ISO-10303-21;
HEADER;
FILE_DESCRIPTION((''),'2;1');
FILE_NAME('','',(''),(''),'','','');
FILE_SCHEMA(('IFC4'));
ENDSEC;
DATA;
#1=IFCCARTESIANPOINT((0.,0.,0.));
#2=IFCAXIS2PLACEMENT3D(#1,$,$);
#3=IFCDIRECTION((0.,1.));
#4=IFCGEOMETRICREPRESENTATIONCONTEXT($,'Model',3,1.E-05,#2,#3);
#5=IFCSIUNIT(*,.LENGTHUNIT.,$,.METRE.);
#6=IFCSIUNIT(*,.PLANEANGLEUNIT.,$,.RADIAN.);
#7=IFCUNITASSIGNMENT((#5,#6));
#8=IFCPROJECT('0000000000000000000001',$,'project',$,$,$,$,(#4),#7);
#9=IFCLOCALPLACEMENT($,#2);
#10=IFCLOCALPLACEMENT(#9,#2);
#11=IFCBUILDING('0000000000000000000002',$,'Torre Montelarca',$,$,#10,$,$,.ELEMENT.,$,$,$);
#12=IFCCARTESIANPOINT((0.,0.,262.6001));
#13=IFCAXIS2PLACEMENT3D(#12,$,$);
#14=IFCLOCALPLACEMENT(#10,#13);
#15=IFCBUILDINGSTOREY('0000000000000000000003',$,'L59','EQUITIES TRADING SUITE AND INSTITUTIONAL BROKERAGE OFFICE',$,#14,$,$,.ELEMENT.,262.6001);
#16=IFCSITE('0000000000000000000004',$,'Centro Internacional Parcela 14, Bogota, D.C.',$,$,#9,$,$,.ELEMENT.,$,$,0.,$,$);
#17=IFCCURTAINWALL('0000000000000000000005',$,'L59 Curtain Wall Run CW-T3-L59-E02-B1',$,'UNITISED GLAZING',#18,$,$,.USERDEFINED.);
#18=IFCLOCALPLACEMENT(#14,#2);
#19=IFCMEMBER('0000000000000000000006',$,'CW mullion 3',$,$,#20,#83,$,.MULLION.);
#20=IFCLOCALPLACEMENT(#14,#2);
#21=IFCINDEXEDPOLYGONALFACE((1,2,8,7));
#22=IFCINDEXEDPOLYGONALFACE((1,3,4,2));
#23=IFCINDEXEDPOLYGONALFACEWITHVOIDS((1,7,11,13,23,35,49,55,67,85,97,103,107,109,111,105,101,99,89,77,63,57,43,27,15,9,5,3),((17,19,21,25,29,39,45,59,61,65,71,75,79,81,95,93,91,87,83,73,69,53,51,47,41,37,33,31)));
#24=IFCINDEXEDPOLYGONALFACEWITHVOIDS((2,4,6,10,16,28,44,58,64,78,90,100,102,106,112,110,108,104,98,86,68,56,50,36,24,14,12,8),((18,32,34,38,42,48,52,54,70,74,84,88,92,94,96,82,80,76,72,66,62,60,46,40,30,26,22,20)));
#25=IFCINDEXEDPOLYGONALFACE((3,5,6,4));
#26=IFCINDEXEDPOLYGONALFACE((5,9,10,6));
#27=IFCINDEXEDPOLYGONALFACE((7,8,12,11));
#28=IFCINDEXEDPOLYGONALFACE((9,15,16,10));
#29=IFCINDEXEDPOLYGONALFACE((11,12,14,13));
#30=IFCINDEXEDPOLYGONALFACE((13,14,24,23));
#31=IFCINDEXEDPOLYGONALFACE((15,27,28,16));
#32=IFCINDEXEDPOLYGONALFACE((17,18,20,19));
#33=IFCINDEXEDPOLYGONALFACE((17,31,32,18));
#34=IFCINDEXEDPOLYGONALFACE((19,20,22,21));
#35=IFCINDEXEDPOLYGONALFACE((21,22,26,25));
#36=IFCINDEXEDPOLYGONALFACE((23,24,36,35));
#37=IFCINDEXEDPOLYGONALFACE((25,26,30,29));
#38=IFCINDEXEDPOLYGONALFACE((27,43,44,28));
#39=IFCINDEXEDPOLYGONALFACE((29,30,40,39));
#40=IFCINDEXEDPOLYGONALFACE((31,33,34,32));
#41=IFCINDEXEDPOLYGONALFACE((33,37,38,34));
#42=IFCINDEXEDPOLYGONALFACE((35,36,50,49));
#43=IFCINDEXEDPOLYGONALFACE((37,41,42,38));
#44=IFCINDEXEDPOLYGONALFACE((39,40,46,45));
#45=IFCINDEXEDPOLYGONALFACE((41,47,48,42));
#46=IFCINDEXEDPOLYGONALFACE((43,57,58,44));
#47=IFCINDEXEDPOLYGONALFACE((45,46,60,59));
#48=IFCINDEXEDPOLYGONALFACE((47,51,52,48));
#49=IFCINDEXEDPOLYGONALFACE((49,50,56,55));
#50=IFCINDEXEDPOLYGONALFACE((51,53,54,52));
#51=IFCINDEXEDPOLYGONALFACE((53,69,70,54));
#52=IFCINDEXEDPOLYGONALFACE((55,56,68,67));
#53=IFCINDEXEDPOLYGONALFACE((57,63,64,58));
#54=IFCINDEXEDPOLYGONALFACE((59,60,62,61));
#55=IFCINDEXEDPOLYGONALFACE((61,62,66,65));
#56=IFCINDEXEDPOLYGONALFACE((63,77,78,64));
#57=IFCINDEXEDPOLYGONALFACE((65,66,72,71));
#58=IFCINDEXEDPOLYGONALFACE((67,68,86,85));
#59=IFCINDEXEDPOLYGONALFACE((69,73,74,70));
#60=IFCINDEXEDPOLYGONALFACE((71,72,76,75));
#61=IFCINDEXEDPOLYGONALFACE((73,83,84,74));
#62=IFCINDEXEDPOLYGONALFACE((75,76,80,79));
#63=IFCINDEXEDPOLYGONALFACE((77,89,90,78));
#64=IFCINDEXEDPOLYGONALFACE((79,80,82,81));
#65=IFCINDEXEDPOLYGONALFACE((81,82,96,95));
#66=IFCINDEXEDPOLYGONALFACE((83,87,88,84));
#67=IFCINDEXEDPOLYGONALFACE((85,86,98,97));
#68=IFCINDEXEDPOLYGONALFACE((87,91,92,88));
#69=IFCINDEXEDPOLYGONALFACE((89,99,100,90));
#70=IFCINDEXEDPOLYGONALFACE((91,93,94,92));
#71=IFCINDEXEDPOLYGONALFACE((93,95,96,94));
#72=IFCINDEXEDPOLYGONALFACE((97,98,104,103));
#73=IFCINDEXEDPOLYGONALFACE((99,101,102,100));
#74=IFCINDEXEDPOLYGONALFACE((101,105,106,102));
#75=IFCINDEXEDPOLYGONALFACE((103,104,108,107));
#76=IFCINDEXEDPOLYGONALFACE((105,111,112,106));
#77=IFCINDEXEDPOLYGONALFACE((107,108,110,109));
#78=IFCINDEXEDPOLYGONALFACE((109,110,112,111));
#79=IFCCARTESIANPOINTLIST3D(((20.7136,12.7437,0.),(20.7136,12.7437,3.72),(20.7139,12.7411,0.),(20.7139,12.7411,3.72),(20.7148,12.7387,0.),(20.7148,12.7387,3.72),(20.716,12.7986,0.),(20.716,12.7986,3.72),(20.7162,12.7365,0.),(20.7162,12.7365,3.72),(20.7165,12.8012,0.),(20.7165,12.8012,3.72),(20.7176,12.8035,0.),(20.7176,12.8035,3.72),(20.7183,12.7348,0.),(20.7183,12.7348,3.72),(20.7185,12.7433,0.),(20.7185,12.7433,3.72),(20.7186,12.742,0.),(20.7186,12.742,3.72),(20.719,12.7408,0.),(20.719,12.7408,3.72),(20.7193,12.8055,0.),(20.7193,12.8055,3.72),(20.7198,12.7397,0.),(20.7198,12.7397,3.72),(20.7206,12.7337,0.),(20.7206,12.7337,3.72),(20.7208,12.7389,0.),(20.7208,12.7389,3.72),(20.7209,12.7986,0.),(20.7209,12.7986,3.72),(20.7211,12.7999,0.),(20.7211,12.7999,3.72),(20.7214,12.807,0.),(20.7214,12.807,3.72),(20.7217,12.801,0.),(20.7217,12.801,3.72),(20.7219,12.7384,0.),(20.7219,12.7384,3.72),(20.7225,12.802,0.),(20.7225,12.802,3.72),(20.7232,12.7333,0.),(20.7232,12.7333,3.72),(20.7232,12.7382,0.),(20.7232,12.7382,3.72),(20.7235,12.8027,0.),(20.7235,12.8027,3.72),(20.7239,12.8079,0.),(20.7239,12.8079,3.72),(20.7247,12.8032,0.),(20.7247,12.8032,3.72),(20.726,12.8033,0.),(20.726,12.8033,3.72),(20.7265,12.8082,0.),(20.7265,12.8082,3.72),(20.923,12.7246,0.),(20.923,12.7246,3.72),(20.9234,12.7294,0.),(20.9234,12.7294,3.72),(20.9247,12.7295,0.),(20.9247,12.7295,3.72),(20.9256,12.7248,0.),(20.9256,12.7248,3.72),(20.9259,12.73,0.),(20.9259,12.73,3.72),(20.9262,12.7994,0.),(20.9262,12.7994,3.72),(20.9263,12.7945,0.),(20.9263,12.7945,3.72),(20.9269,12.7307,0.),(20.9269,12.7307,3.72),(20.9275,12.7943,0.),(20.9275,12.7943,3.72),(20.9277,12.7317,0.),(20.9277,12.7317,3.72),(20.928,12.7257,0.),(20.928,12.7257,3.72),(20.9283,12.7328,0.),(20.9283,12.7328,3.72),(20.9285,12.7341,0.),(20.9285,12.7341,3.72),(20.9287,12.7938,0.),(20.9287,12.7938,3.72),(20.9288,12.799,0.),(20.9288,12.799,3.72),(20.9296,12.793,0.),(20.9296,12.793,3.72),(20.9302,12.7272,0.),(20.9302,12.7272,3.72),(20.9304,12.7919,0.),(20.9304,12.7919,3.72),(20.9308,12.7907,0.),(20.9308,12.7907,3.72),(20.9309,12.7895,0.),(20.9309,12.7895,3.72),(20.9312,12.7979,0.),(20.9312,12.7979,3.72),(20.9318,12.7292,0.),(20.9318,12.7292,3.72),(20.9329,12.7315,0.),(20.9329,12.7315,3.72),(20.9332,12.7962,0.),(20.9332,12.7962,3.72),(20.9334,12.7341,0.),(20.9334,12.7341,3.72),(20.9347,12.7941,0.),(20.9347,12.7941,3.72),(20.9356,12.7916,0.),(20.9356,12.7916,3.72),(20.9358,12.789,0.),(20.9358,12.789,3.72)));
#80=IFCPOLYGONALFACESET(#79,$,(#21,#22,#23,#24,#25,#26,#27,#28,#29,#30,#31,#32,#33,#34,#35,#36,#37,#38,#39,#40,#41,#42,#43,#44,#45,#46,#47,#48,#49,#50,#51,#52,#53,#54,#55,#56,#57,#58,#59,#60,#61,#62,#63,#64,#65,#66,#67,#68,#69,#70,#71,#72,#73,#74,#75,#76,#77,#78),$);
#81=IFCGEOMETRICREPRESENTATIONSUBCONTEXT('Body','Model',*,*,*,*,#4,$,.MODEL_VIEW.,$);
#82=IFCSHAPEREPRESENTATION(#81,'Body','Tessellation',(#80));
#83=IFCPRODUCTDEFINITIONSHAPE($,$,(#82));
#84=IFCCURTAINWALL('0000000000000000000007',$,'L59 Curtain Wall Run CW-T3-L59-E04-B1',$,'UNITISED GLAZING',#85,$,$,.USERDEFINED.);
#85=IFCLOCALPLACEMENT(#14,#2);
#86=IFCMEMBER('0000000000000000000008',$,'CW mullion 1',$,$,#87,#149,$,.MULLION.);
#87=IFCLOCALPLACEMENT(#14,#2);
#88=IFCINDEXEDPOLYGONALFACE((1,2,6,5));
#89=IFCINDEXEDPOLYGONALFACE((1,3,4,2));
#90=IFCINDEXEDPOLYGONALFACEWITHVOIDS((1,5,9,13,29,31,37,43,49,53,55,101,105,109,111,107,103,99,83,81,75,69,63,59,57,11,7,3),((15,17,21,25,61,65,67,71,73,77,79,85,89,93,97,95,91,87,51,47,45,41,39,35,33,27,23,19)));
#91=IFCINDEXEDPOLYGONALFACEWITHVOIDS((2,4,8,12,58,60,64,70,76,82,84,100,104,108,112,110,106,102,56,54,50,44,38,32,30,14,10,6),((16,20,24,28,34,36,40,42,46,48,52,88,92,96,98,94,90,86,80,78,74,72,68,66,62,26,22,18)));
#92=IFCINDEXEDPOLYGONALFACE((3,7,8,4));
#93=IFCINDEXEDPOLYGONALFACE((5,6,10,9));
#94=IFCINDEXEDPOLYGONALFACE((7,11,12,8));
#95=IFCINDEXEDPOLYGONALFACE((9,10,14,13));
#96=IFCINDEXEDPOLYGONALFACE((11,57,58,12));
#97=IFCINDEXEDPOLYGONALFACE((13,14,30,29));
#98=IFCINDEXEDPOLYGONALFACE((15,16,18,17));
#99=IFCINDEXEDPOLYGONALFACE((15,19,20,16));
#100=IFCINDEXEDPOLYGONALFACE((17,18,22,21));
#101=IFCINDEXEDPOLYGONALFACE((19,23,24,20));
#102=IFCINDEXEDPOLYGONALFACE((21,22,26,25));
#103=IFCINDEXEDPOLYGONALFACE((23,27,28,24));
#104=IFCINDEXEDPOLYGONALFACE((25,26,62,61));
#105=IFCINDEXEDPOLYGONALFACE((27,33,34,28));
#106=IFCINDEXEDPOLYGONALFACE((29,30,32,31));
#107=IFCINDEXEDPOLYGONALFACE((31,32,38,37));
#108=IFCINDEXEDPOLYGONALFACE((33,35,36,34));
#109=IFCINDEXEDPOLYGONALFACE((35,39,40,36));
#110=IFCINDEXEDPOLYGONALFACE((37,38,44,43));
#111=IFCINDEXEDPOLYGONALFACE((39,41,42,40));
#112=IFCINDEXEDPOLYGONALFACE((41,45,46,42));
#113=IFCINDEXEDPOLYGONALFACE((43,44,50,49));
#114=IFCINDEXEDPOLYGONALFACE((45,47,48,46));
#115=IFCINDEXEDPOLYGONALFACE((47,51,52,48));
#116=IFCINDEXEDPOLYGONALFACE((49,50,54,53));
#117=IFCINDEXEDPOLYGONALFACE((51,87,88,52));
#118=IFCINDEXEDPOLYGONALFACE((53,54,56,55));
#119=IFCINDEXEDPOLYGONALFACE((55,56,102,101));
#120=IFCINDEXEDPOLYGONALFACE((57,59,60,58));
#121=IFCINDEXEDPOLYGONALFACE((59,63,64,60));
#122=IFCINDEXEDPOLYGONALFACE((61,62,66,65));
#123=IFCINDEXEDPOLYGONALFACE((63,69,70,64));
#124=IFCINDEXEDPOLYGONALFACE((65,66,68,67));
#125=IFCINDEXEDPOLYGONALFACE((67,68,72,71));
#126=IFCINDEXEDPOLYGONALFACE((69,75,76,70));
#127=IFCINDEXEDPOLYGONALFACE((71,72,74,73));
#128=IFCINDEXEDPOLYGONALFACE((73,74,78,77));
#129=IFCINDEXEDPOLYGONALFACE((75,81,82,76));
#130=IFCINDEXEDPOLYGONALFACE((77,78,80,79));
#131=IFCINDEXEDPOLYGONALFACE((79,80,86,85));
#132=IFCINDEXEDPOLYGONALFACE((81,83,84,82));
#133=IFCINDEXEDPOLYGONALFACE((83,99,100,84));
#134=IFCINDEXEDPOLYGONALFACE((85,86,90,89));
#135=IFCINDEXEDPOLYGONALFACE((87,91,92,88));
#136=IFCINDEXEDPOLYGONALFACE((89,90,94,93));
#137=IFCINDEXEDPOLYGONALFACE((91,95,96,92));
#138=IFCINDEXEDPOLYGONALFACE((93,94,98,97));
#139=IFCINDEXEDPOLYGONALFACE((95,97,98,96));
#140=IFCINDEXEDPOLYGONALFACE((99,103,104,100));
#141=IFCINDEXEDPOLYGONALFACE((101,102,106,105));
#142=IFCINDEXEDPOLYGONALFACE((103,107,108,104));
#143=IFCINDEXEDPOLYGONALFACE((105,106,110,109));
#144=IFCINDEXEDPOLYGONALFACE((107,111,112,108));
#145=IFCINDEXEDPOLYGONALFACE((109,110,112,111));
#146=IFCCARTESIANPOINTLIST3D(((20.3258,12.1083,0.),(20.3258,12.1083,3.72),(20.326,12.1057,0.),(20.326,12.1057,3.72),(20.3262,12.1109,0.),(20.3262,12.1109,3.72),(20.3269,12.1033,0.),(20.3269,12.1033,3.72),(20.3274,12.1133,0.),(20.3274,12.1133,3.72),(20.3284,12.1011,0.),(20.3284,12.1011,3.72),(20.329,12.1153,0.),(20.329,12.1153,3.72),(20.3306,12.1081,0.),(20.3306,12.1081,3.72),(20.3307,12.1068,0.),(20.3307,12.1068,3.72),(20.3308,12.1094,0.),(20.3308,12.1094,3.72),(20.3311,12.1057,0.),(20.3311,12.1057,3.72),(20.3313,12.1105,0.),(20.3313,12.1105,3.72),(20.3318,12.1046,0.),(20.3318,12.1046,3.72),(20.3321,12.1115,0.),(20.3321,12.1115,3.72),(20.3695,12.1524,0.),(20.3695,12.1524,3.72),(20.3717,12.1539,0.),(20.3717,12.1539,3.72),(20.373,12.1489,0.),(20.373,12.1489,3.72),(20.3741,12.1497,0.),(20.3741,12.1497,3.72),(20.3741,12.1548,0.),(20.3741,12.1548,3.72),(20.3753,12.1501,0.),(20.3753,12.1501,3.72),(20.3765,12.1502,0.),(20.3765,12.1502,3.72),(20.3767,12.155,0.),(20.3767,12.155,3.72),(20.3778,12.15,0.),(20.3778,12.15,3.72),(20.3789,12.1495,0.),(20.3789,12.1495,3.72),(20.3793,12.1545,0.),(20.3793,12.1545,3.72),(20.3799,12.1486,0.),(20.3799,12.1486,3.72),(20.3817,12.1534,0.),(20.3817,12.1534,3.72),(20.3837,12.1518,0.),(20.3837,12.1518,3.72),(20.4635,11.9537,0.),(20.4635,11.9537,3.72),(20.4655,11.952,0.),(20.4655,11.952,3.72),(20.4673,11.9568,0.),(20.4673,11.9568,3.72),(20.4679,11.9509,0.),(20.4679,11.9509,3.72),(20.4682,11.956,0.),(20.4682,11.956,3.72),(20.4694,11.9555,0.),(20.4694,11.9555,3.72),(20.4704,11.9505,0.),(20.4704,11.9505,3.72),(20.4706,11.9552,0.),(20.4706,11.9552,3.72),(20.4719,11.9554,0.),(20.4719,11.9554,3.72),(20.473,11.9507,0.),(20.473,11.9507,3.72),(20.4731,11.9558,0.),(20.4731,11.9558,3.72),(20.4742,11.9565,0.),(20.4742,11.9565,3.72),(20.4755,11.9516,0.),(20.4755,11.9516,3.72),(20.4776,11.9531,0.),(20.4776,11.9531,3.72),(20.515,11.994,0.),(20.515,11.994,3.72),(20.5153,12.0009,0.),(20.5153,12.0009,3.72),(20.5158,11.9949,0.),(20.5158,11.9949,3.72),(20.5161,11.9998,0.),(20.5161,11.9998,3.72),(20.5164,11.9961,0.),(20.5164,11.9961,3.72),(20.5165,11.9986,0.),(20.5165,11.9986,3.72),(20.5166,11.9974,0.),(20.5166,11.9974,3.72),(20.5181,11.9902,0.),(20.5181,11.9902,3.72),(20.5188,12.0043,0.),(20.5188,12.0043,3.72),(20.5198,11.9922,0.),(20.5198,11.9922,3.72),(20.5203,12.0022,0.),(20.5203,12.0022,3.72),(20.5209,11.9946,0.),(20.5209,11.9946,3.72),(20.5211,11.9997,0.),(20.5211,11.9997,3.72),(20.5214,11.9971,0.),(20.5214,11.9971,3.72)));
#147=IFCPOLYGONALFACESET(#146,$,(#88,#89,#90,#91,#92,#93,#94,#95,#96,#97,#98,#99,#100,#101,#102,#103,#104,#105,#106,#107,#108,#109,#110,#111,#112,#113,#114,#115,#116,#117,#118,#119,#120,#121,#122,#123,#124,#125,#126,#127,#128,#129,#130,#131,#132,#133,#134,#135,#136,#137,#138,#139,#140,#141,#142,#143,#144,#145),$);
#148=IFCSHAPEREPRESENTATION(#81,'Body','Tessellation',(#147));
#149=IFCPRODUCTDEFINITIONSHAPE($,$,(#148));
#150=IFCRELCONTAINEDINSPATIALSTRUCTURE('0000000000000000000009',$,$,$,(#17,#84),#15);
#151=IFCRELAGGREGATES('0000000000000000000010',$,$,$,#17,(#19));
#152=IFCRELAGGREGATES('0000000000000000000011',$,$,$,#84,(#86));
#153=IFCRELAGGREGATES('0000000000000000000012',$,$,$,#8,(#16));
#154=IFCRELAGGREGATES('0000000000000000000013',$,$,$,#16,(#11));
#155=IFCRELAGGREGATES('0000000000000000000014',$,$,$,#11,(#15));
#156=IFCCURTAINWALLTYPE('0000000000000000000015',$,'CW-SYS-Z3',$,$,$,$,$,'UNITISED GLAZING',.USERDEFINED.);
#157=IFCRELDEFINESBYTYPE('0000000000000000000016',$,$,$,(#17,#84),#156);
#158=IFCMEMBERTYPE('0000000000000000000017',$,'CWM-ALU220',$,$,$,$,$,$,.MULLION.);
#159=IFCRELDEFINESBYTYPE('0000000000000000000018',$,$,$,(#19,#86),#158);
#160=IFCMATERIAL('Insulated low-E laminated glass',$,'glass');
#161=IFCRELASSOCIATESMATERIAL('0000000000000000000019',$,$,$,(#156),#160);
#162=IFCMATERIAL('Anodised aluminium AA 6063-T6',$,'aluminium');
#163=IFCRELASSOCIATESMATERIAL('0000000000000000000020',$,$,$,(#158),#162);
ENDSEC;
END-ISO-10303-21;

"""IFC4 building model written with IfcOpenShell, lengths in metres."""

from ifc_helpers import new_model, si_unit, direction, frame, origin, origin_2d, place, context, subcontext, project, spatial, hollow_rectangle, extrude, source, transform, mapped, material, material_profile, profile_set, type_object, element, aggregate, save


model = new_model("IFC4")

# Units and contexts
model_context = context("Model", 3, precision=1e-05, world=origin(), true_north=direction((0.0, 1.0)))
body_context = subcontext(model_context, "Body", "Model", "MODEL_VIEW")
ifc_project = project(units=[si_unit("LENGTHUNIT", "METRE"), si_unit("PLANEANGLEUNIT", "RADIAN")], contexts=[model_context])

# Site, building, storey
site_placement = place(None, origin())
site = spatial("IfcSite", under=ifc_project, at=site_placement, Name="Centro Internacional Parcela 14, Bogota, D.C.", CompositionType="ELEMENT", RefElevation=0.0)
building_placement = place(site_placement, origin())
building = spatial("IfcBuilding", under=site, at=building_placement, Name="Torre Montelarca", CompositionType="ELEMENT")
storey_placement = place(building_placement, frame((0.0, 0.0, 262.6001)))
storey = spatial("IfcBuildingStorey", under=building, at=storey_placement, Name="L59", Description="EQUITIES TRADING SUITE AND INSTITUTIONAL BROKERAGE OFFICE", CompositionType="ELEMENT", Elevation=262.6001)

# Curtain wall
ifc_material_1 = material(Name="Insulated low-E laminated glass", Category="glass")
curtain_wall_type = type_object("IfcCurtainWallType", Name="CW-SYS-Z3", ElementType="UNITISED GLAZING", PredefinedType="USERDEFINED", material=ifc_material_1)
curtain_wall_1_placement = place(storey_placement, origin())
curtain_wall_1 = element("IfcCurtainWall", 1, at=curtain_wall_1_placement, inside=storey, type_object=curtain_wall_type, Name="L59 Curtain Wall Run CW-T3-L59-E02-B1", ObjectType="UNITISED GLAZING", PredefinedType="USERDEFINED")
ifc_material_2 = material(Name="Anodised aluminium AA 6063-T6", Category="aluminium")
ifc_material_profile_1 = material_profile(ifc_material_2, hollow_rectangle(XDim=0.075, YDim=0.22, WallThickness=0.0049, InnerFilletRadius=0.0049, OuterFilletRadius=0.01, at=origin_2d()), Name="ALU75X220X5", Category="aluminium")
ifc_profile_set_1 = profile_set([ifc_material_profile_1], Name="Anodised aluminium AA 6063-T6")
member_type_1 = type_object("IfcMemberType", Name="CWM-ALU220", PredefinedType="MULLION", material=ifc_profile_set_1)
shared_shape_1 = source(origin(), body_context, "Body", "SweptSolid", [
    extrude(hollow_rectangle(XDim=0.075, YDim=0.22, WallThickness=0.0049, InnerFilletRadius=0.0049, OuterFilletRadius=0.01, at=origin_2d()), origin(), (0.0, 0.0, 1.0), 3.72),
])

# Member
member_1_placement = place(storey_placement, frame((20.8247, 12.7664, 0.0), z_axis=(0.0, 0.0, 1.0), x_axis=(0.04361, 0.999049, 0.0)))
member_1 = element("IfcMember", 2, at=member_1_placement, type_object=member_type_1, Name="CW mullion 3", PredefinedType="MULLION", context=body_context, shape_type="MappedRepresentation", body=[
    mapped(shared_shape_1, transform((0.0, 0.0, 0.0), scale=1.0)),
])

# Curtain wall, member
curtain_wall_2_placement = place(storey_placement, origin())
curtain_wall_2 = element("IfcCurtainWall", 3, at=curtain_wall_2_placement, inside=storey, type_object=curtain_wall_type, Name="L59 Curtain Wall Run CW-T3-L59-E04-B1", ObjectType="UNITISED GLAZING", PredefinedType="USERDEFINED")
member_2_placement = place(storey_placement, frame((20.4236, 12.0527, 0.0), z_axis=(0.0, 0.0, 1.0), x_axis=(0.737293, 0.675573, 0.0)))
member_2 = element("IfcMember", 4, at=member_2_placement, type_object=member_type_1, Name="CW mullion 1", PredefinedType="MULLION", context=body_context, shape_type="MappedRepresentation", body=[
    mapped(shared_shape_1, transform((0.0, 0.0, 0.0), scale=1.0)),
])

aggregate(curtain_wall_1, [member_1])
aggregate(curtain_wall_2, [member_2])

save(model, "model.ifc")
